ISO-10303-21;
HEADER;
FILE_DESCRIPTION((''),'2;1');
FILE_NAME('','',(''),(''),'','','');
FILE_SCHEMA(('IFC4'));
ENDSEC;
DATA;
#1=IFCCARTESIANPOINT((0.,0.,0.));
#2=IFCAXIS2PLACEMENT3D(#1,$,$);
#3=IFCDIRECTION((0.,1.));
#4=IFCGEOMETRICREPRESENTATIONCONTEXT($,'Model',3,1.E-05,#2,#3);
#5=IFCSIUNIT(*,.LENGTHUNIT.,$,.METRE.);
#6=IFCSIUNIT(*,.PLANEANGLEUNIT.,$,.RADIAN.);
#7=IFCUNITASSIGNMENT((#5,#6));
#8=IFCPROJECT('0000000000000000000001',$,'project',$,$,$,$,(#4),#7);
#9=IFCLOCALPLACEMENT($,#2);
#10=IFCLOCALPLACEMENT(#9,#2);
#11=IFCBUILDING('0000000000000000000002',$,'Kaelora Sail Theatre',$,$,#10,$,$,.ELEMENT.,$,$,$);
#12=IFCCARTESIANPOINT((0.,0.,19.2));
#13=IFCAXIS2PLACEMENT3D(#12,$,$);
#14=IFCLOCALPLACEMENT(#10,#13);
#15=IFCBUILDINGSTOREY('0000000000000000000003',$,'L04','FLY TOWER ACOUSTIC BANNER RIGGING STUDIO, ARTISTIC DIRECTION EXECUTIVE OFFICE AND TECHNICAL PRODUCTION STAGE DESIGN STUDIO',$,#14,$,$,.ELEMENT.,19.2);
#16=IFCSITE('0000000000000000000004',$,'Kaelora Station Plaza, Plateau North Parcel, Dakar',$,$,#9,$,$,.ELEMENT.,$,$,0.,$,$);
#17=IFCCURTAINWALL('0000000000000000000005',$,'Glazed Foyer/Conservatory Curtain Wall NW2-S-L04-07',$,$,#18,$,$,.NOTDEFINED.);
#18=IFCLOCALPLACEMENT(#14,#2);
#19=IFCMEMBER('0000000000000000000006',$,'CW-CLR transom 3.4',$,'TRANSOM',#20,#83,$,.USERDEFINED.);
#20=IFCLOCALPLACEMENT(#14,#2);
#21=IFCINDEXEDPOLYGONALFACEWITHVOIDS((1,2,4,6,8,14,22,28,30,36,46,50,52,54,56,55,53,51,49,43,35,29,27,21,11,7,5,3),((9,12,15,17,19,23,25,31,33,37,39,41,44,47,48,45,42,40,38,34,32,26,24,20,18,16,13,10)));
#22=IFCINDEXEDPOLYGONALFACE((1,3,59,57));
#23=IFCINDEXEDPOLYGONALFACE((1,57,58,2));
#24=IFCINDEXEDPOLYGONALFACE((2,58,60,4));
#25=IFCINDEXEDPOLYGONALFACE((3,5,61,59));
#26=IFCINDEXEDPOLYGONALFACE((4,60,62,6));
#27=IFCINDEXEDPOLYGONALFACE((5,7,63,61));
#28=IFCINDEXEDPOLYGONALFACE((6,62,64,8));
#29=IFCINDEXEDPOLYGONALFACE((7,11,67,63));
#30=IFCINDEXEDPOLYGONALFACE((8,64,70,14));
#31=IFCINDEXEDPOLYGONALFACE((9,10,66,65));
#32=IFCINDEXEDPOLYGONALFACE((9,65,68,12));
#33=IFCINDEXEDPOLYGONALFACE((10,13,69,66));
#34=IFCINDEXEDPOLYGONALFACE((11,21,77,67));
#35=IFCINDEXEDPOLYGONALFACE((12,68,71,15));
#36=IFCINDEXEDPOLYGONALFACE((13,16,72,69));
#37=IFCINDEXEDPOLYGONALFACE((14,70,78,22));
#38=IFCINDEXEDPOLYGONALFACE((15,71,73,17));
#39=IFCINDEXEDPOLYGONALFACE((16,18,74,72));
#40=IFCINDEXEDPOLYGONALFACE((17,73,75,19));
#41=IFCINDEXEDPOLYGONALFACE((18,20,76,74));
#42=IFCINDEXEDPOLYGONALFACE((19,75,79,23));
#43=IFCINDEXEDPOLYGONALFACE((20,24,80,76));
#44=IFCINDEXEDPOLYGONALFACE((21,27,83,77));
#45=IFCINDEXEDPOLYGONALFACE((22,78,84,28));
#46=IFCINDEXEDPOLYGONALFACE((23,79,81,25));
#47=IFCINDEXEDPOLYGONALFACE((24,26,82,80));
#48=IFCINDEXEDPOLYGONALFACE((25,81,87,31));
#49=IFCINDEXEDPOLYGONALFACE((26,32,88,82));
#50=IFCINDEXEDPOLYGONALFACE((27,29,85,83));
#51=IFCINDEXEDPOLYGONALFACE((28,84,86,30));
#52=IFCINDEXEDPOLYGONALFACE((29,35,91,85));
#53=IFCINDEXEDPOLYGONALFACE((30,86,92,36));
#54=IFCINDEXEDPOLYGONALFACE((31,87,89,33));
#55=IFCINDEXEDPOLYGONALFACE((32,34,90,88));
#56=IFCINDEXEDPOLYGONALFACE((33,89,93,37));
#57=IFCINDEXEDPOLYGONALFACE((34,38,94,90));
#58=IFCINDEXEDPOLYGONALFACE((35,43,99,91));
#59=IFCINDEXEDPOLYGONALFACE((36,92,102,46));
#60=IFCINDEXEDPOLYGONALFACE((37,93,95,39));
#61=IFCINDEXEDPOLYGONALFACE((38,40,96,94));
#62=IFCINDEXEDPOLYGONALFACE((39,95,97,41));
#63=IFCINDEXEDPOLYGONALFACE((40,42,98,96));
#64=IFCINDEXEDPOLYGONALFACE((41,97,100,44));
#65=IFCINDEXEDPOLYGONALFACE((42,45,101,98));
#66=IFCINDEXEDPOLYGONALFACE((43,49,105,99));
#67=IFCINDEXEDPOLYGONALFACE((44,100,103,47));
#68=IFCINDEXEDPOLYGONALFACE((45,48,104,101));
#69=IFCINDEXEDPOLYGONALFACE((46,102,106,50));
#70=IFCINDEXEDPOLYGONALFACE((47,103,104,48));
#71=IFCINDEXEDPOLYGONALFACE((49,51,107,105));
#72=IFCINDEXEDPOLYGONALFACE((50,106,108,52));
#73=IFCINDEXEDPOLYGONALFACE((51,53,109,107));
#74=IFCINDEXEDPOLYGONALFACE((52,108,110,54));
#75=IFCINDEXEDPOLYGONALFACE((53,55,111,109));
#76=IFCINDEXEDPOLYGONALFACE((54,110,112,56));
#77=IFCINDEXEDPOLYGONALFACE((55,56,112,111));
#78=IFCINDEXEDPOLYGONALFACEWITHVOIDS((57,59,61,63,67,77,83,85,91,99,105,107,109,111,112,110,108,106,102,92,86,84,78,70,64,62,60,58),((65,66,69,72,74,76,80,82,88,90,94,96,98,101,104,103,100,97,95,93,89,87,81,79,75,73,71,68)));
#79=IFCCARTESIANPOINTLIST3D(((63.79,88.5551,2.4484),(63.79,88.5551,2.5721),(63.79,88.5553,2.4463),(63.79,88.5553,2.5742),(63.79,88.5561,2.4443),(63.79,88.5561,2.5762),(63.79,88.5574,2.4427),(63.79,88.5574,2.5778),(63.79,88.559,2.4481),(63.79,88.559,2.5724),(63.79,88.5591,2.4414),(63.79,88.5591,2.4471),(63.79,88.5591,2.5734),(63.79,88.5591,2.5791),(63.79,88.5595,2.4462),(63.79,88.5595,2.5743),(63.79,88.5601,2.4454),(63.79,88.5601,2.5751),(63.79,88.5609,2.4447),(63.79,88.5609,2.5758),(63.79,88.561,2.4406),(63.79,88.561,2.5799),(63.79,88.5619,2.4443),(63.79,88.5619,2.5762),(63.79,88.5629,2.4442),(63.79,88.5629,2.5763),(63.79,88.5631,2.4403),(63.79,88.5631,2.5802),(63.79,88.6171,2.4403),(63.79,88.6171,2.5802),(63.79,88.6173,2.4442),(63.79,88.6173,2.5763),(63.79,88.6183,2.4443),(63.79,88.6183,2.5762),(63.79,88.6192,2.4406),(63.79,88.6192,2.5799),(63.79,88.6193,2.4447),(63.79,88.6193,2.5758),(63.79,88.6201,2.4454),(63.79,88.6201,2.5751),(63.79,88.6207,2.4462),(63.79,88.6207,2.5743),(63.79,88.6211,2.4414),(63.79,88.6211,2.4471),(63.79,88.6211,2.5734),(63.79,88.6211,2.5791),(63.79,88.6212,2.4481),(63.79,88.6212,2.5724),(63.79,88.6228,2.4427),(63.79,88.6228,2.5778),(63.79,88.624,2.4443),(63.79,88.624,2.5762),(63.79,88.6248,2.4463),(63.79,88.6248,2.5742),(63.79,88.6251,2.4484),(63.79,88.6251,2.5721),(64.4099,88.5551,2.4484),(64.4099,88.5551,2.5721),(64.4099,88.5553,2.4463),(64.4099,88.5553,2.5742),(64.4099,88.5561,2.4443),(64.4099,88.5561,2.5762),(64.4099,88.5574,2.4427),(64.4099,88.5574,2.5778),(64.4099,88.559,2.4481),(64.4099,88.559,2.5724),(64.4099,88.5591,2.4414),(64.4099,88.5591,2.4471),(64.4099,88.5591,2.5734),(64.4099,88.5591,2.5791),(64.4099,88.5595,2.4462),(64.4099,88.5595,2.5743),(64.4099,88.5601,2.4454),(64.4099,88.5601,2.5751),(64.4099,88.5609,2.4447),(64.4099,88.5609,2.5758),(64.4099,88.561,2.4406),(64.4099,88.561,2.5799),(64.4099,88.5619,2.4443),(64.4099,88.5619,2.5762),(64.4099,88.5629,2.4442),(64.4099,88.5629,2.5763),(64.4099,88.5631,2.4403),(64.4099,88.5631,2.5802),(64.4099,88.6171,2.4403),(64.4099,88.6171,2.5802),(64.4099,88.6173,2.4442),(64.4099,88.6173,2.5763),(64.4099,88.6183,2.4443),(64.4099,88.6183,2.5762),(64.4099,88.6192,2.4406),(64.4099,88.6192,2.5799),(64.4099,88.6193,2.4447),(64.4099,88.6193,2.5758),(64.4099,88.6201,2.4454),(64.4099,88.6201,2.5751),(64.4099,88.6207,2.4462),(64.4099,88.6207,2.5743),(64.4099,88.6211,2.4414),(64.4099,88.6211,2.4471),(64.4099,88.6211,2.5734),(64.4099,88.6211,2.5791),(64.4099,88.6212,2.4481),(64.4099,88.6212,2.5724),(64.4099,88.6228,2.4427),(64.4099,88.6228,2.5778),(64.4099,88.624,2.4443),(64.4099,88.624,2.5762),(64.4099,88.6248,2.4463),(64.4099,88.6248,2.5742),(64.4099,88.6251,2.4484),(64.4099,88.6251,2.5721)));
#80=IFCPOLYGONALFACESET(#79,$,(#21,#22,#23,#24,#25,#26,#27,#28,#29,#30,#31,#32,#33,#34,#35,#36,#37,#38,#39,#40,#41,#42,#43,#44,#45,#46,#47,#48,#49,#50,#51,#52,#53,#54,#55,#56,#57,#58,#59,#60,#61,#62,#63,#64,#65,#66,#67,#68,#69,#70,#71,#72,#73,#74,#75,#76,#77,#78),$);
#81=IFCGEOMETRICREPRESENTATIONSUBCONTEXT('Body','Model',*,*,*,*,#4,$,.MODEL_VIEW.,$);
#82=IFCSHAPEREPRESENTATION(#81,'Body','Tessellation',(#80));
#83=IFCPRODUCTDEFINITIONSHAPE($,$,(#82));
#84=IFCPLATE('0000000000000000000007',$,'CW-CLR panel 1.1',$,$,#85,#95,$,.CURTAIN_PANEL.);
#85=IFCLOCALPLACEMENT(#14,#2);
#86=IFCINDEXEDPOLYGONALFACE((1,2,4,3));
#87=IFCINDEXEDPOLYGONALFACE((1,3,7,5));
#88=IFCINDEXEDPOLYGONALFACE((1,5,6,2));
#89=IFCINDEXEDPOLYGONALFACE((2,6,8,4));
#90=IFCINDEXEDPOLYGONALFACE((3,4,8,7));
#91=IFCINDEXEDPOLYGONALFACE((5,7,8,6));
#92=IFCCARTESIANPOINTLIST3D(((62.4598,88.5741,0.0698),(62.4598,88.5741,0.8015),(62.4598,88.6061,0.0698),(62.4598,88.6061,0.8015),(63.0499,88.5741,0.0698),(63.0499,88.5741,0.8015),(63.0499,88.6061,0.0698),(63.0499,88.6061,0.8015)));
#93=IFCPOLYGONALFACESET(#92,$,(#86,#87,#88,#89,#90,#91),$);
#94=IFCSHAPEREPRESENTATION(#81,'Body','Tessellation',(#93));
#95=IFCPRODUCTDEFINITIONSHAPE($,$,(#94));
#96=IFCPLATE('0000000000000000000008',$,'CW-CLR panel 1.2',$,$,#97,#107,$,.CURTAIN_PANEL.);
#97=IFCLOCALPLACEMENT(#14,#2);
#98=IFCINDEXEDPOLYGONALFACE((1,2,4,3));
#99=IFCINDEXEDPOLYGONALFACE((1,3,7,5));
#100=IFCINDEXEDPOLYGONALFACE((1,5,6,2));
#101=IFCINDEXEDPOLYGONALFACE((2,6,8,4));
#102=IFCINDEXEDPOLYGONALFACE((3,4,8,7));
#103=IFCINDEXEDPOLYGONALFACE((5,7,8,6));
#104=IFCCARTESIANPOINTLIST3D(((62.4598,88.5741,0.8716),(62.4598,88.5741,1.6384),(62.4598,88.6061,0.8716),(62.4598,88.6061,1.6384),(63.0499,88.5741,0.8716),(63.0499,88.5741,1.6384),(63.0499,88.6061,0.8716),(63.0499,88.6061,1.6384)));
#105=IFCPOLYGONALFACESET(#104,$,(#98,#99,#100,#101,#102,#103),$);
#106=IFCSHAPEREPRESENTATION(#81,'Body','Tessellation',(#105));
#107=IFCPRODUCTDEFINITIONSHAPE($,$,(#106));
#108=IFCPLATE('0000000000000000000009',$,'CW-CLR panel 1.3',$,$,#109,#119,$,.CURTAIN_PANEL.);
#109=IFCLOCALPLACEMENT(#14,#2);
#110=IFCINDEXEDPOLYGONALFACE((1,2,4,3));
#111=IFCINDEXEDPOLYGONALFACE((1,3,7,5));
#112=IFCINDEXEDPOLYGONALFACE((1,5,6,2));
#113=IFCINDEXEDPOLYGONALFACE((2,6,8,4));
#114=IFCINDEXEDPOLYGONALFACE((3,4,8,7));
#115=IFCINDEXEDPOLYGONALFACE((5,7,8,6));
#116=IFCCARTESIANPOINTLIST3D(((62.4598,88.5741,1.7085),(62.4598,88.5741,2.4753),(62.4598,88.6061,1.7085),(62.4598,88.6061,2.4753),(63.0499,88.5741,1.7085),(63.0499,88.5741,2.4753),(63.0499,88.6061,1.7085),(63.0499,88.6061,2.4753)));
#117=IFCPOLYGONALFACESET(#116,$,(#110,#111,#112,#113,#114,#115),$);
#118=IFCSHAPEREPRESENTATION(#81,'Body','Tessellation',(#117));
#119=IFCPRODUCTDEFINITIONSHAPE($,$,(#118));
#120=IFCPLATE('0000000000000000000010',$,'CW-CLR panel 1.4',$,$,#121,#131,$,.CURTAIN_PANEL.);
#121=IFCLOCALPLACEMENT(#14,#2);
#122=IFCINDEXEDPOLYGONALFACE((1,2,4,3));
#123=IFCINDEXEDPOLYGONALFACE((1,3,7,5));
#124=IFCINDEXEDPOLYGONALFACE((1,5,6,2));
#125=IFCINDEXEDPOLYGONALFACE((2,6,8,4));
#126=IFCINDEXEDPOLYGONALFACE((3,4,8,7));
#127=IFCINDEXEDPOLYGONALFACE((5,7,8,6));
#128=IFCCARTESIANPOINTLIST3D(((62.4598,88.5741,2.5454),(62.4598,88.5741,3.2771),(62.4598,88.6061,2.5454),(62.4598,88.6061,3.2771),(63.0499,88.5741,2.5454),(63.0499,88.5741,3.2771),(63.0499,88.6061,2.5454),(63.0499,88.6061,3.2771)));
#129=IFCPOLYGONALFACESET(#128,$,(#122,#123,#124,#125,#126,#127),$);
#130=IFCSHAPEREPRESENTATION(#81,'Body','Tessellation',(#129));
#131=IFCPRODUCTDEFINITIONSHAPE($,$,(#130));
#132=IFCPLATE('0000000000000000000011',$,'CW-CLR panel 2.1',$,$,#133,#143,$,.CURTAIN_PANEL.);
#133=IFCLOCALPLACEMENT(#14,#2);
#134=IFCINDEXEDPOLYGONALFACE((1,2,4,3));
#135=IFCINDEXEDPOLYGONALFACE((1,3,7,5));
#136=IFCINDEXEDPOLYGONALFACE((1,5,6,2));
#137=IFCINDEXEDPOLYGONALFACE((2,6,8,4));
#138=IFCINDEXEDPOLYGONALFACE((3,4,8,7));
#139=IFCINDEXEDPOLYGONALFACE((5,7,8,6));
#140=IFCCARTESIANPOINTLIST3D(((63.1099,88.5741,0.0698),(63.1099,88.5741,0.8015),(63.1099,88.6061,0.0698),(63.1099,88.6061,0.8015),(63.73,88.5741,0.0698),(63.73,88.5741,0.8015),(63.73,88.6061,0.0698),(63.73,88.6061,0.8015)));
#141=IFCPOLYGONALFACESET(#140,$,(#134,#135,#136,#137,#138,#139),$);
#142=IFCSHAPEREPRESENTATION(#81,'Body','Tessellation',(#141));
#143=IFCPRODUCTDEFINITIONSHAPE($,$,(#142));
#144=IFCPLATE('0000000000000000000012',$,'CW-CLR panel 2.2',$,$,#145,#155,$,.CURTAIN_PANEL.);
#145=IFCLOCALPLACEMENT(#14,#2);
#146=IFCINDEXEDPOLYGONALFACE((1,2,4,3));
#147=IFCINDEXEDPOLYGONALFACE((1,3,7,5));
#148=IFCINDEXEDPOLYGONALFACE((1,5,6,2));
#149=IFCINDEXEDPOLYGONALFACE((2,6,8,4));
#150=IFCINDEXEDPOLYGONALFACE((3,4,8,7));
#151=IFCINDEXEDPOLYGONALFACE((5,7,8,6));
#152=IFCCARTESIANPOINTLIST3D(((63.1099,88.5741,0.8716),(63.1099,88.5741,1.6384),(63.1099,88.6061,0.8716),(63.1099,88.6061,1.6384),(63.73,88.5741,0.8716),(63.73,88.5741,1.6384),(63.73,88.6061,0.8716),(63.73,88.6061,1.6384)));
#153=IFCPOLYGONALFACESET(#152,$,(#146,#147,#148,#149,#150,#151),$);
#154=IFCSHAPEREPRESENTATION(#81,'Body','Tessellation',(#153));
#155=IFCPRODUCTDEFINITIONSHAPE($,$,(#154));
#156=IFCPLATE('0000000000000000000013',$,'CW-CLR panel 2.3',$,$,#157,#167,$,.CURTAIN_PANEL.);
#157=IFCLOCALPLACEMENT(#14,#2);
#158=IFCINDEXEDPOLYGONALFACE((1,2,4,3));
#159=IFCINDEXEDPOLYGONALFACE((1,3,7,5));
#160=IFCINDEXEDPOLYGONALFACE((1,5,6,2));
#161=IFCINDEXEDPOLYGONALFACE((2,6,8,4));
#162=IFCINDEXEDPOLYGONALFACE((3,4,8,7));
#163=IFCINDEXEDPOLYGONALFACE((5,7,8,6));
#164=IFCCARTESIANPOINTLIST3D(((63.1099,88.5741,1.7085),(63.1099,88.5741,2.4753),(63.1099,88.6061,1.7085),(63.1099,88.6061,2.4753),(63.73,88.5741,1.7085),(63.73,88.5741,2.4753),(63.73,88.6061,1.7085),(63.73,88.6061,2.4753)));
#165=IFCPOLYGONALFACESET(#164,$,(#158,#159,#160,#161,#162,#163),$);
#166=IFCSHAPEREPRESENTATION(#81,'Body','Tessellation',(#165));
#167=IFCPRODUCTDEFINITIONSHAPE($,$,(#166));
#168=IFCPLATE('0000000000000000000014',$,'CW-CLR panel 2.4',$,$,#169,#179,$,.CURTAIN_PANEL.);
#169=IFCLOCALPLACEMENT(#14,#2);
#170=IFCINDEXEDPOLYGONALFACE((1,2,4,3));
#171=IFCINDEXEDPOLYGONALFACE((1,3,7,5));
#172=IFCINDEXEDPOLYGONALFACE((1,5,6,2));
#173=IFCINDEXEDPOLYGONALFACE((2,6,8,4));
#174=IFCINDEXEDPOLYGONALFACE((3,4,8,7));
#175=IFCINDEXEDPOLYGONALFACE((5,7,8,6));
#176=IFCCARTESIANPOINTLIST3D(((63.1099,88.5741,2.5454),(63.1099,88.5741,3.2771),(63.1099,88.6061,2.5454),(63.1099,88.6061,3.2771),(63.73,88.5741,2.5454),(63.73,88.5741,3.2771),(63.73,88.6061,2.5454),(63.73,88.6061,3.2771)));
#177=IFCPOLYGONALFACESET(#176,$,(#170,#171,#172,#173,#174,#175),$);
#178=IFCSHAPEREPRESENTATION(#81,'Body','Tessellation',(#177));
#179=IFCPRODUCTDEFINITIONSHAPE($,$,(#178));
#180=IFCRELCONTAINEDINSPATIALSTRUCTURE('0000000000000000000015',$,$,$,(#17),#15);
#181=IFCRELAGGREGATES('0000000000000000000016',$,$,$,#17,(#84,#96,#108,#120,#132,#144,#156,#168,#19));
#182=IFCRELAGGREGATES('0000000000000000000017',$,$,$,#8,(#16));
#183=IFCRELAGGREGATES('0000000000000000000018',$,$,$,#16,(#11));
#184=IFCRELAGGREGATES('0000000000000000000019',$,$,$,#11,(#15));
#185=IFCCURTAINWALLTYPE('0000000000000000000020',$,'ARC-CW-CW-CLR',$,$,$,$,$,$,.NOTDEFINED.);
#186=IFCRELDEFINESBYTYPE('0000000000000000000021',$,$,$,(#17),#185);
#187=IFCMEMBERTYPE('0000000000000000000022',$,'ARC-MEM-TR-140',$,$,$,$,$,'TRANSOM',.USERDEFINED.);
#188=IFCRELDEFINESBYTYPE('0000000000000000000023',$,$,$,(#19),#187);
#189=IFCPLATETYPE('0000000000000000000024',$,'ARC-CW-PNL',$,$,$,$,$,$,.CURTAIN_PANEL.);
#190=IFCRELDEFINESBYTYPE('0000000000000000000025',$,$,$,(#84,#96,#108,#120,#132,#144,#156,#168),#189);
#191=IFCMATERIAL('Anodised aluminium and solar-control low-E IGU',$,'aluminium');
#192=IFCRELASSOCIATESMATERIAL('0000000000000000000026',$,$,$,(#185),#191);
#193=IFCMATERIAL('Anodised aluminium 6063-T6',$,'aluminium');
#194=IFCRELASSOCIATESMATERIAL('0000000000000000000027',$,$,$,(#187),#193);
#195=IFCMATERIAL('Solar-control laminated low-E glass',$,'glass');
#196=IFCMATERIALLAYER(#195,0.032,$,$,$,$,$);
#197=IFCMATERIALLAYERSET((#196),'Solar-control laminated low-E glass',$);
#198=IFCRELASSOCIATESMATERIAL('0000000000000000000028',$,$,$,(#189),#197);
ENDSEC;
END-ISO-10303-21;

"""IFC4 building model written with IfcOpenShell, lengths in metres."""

from ifc_helpers import new_model, si_unit, direction, frame, origin, origin_2d, place, context, subcontext, project, spatial, rectangle, hollow_rectangle, extrude, material, layer, layer_set, material_profile, profile_set, type_object, element, aggregate, save


model = new_model("IFC4")

# Units and contexts
model_context = context("Model", 3, precision=1e-05, world=origin(), true_north=direction((0.0, 1.0)))
body_context = subcontext(model_context, "Body", "Model", "MODEL_VIEW")
ifc_project = project(units=[si_unit("LENGTHUNIT", "METRE"), si_unit("PLANEANGLEUNIT", "RADIAN")], contexts=[model_context])

# Site, building, storey
site_placement = place(None, origin())
site = spatial("IfcSite", under=ifc_project, at=site_placement, Name="Kaelora Station Plaza, Plateau North Parcel, Dakar", CompositionType="ELEMENT", RefElevation=0.0)
building_placement = place(site_placement, origin())
building = spatial("IfcBuilding", under=site, at=building_placement, Name="Kaelora Sail Theatre", CompositionType="ELEMENT")
storey_placement = place(building_placement, frame((0.0, 0.0, 19.2)))
storey = spatial("IfcBuildingStorey", under=building, at=storey_placement, Name="L04", Description="FLY TOWER ACOUSTIC BANNER RIGGING STUDIO, ARTISTIC DIRECTION EXECUTIVE OFFICE AND TECHNICAL PRODUCTION STAGE DESIGN STUDIO", CompositionType="ELEMENT", Elevation=19.2)

# Curtain wall, member, plates
ifc_material_1 = material(Name="Anodised aluminium and solar-control low-E IGU", Category="aluminium")
curtain_wall_type = type_object("IfcCurtainWallType", Name="ARC-CW-CW-CLR", PredefinedType="NOTDEFINED", material=ifc_material_1)
curtain_wall_placement = place(storey_placement, origin())
curtain_wall = element("IfcCurtainWall", 1, at=curtain_wall_placement, inside=storey, type_object=curtain_wall_type, Name="Glazed Foyer/Conservatory Curtain Wall NW2-S-L04-07", PredefinedType="NOTDEFINED")
ifc_material_2 = material(Name="Anodised aluminium 6063-T6", Category="aluminium")
ifc_material_profile_1 = material_profile(ifc_material_2, hollow_rectangle(XDim=0.0701, YDim=0.1399, WallThickness=0.0039, InnerFilletRadius=0.0039, OuterFilletRadius=0.0081, at=origin_2d()), Name="ALU-TRAN 70x140x4")
ifc_profile_set_1 = profile_set([ifc_material_profile_1], Name="Anodised aluminium 6063-T6")
member_type_1 = type_object("IfcMemberType", Name="ARC-MEM-TR-140", ElementType="TRANSOM", PredefinedType="USERDEFINED", material=ifc_profile_set_1)
member_1_placement = place(storey_placement, frame((63.79, 88.5901, 2.5103), z_axis=(1.0, 0.0, 0.0), x_axis=(0.0, 1.0, 0.0)))
member_1 = element("IfcMember", 2, at=member_1_placement, type_object=member_type_1, Name="CW-CLR transom 3.4", ObjectType="TRANSOM", PredefinedType="USERDEFINED", context=body_context, shape_type="SweptSolid", body=[
    extrude(hollow_rectangle(XDim=0.0701, YDim=0.1399, WallThickness=0.0039, InnerFilletRadius=0.0039, OuterFilletRadius=0.0081, at=origin_2d()), origin(), (0.0, 0.0, 1.0), 0.6199),
])
ifc_material_3 = material(Name="Solar-control laminated low-E glass", Category="glass")
ifc_layer = layer(ifc_material_3, 0.032)
ifc_layer_set = layer_set([ifc_layer], Name="Solar-control laminated low-E glass")
plate_type = type_object("IfcPlateType", Name="ARC-CW-PNL", PredefinedType="CURTAIN_PANEL", material=ifc_layer_set)
plate_1_placement = place(storey_placement, frame((62.7549, 88.5901, 0.0698), z_axis=(0.0, 0.0, 1.0), x_axis=(1.0, 0.0, 0.0)))
plate_1 = element("IfcPlate", 3, at=plate_1_placement, type_object=plate_type, Name="CW-CLR panel 1.1", PredefinedType="CURTAIN_PANEL", context=body_context, shape_type="SweptSolid", body=[
    extrude(rectangle(XDim=0.5901, YDim=0.032, at=origin_2d()), origin(), (0.0, 0.0, 1.0), 0.7317),
])
plate_2_placement = place(storey_placement, frame((62.7549, 88.5901, 0.8716), z_axis=(0.0, 0.0, 1.0), x_axis=(1.0, 0.0, 0.0)))
plate_2 = element("IfcPlate", 4, at=plate_2_placement, type_object=plate_type, Name="CW-CLR panel 1.2", PredefinedType="CURTAIN_PANEL", context=body_context, shape_type="SweptSolid", body=[
    extrude(rectangle(XDim=0.5901, YDim=0.032, at=origin_2d()), origin(), (0.0, 0.0, 1.0), 0.7668),
])
plate_3_placement = place(storey_placement, frame((62.7549, 88.5901, 1.7085), z_axis=(0.0, 0.0, 1.0), x_axis=(1.0, 0.0, 0.0)))
plate_3 = element("IfcPlate", 5, at=plate_3_placement, type_object=plate_type, Name="CW-CLR panel 1.3", PredefinedType="CURTAIN_PANEL", context=body_context, shape_type="SweptSolid", body=[
    extrude(rectangle(XDim=0.5901, YDim=0.032, at=origin_2d()), origin(), (0.0, 0.0, 1.0), 0.7668),
])
plate_4_placement = place(storey_placement, frame((62.7549, 88.5901, 2.5454), z_axis=(0.0, 0.0, 1.0), x_axis=(1.0, 0.0, 0.0)))
plate_4 = element("IfcPlate", 6, at=plate_4_placement, type_object=plate_type, Name="CW-CLR panel 1.4", PredefinedType="CURTAIN_PANEL", context=body_context, shape_type="SweptSolid", body=[
    extrude(rectangle(XDim=0.5901, YDim=0.032, at=origin_2d()), origin(), (0.0, 0.0, 1.0), 0.7317),
])
plate_5_placement = place(storey_placement, frame((63.4199, 88.5901, 0.0698), z_axis=(0.0, 0.0, 1.0), x_axis=(1.0, 0.0, 0.0)))
plate_5 = element("IfcPlate", 7, at=plate_5_placement, type_object=plate_type, Name="CW-CLR panel 2.1", PredefinedType="CURTAIN_PANEL", context=body_context, shape_type="SweptSolid", body=[
    extrude(rectangle(XDim=0.6201, YDim=0.032, at=origin_2d()), origin(), (0.0, 0.0, 1.0), 0.7317),
])
plate_6_placement = place(storey_placement, frame((63.4199, 88.5901, 0.8716), z_axis=(0.0, 0.0, 1.0), x_axis=(1.0, 0.0, 0.0)))
plate_6 = element("IfcPlate", 8, at=plate_6_placement, type_object=plate_type, Name="CW-CLR panel 2.2", PredefinedType="CURTAIN_PANEL", context=body_context, shape_type="SweptSolid", body=[
    extrude(rectangle(XDim=0.6201, YDim=0.032, at=origin_2d()), origin(), (0.0, 0.0, 1.0), 0.7668),
])
plate_7_placement = place(storey_placement, frame((63.4199, 88.5901, 1.7085), z_axis=(0.0, 0.0, 1.0), x_axis=(1.0, 0.0, 0.0)))
plate_7 = element("IfcPlate", 9, at=plate_7_placement, type_object=plate_type, Name="CW-CLR panel 2.3", PredefinedType="CURTAIN_PANEL", context=body_context, shape_type="SweptSolid", body=[
    extrude(rectangle(XDim=0.6201, YDim=0.032, at=origin_2d()), origin(), (0.0, 0.0, 1.0), 0.7668),
])
plate_8_placement = place(storey_placement, frame((63.4199, 88.5901, 2.5454), z_axis=(0.0, 0.0, 1.0), x_axis=(1.0, 0.0, 0.0)))
plate_8 = element("IfcPlate", 10, at=plate_8_placement, type_object=plate_type, Name="CW-CLR panel 2.4", PredefinedType="CURTAIN_PANEL", context=body_context, shape_type="SweptSolid", body=[
    extrude(rectangle(XDim=0.6201, YDim=0.032, at=origin_2d()), origin(), (0.0, 0.0, 1.0), 0.7317),
])
aggregate(curtain_wall, [plate_1, plate_2, plate_3, plate_4, plate_5, plate_6, plate_7, plate_8, member_1])

save(model, "model.ifc")
